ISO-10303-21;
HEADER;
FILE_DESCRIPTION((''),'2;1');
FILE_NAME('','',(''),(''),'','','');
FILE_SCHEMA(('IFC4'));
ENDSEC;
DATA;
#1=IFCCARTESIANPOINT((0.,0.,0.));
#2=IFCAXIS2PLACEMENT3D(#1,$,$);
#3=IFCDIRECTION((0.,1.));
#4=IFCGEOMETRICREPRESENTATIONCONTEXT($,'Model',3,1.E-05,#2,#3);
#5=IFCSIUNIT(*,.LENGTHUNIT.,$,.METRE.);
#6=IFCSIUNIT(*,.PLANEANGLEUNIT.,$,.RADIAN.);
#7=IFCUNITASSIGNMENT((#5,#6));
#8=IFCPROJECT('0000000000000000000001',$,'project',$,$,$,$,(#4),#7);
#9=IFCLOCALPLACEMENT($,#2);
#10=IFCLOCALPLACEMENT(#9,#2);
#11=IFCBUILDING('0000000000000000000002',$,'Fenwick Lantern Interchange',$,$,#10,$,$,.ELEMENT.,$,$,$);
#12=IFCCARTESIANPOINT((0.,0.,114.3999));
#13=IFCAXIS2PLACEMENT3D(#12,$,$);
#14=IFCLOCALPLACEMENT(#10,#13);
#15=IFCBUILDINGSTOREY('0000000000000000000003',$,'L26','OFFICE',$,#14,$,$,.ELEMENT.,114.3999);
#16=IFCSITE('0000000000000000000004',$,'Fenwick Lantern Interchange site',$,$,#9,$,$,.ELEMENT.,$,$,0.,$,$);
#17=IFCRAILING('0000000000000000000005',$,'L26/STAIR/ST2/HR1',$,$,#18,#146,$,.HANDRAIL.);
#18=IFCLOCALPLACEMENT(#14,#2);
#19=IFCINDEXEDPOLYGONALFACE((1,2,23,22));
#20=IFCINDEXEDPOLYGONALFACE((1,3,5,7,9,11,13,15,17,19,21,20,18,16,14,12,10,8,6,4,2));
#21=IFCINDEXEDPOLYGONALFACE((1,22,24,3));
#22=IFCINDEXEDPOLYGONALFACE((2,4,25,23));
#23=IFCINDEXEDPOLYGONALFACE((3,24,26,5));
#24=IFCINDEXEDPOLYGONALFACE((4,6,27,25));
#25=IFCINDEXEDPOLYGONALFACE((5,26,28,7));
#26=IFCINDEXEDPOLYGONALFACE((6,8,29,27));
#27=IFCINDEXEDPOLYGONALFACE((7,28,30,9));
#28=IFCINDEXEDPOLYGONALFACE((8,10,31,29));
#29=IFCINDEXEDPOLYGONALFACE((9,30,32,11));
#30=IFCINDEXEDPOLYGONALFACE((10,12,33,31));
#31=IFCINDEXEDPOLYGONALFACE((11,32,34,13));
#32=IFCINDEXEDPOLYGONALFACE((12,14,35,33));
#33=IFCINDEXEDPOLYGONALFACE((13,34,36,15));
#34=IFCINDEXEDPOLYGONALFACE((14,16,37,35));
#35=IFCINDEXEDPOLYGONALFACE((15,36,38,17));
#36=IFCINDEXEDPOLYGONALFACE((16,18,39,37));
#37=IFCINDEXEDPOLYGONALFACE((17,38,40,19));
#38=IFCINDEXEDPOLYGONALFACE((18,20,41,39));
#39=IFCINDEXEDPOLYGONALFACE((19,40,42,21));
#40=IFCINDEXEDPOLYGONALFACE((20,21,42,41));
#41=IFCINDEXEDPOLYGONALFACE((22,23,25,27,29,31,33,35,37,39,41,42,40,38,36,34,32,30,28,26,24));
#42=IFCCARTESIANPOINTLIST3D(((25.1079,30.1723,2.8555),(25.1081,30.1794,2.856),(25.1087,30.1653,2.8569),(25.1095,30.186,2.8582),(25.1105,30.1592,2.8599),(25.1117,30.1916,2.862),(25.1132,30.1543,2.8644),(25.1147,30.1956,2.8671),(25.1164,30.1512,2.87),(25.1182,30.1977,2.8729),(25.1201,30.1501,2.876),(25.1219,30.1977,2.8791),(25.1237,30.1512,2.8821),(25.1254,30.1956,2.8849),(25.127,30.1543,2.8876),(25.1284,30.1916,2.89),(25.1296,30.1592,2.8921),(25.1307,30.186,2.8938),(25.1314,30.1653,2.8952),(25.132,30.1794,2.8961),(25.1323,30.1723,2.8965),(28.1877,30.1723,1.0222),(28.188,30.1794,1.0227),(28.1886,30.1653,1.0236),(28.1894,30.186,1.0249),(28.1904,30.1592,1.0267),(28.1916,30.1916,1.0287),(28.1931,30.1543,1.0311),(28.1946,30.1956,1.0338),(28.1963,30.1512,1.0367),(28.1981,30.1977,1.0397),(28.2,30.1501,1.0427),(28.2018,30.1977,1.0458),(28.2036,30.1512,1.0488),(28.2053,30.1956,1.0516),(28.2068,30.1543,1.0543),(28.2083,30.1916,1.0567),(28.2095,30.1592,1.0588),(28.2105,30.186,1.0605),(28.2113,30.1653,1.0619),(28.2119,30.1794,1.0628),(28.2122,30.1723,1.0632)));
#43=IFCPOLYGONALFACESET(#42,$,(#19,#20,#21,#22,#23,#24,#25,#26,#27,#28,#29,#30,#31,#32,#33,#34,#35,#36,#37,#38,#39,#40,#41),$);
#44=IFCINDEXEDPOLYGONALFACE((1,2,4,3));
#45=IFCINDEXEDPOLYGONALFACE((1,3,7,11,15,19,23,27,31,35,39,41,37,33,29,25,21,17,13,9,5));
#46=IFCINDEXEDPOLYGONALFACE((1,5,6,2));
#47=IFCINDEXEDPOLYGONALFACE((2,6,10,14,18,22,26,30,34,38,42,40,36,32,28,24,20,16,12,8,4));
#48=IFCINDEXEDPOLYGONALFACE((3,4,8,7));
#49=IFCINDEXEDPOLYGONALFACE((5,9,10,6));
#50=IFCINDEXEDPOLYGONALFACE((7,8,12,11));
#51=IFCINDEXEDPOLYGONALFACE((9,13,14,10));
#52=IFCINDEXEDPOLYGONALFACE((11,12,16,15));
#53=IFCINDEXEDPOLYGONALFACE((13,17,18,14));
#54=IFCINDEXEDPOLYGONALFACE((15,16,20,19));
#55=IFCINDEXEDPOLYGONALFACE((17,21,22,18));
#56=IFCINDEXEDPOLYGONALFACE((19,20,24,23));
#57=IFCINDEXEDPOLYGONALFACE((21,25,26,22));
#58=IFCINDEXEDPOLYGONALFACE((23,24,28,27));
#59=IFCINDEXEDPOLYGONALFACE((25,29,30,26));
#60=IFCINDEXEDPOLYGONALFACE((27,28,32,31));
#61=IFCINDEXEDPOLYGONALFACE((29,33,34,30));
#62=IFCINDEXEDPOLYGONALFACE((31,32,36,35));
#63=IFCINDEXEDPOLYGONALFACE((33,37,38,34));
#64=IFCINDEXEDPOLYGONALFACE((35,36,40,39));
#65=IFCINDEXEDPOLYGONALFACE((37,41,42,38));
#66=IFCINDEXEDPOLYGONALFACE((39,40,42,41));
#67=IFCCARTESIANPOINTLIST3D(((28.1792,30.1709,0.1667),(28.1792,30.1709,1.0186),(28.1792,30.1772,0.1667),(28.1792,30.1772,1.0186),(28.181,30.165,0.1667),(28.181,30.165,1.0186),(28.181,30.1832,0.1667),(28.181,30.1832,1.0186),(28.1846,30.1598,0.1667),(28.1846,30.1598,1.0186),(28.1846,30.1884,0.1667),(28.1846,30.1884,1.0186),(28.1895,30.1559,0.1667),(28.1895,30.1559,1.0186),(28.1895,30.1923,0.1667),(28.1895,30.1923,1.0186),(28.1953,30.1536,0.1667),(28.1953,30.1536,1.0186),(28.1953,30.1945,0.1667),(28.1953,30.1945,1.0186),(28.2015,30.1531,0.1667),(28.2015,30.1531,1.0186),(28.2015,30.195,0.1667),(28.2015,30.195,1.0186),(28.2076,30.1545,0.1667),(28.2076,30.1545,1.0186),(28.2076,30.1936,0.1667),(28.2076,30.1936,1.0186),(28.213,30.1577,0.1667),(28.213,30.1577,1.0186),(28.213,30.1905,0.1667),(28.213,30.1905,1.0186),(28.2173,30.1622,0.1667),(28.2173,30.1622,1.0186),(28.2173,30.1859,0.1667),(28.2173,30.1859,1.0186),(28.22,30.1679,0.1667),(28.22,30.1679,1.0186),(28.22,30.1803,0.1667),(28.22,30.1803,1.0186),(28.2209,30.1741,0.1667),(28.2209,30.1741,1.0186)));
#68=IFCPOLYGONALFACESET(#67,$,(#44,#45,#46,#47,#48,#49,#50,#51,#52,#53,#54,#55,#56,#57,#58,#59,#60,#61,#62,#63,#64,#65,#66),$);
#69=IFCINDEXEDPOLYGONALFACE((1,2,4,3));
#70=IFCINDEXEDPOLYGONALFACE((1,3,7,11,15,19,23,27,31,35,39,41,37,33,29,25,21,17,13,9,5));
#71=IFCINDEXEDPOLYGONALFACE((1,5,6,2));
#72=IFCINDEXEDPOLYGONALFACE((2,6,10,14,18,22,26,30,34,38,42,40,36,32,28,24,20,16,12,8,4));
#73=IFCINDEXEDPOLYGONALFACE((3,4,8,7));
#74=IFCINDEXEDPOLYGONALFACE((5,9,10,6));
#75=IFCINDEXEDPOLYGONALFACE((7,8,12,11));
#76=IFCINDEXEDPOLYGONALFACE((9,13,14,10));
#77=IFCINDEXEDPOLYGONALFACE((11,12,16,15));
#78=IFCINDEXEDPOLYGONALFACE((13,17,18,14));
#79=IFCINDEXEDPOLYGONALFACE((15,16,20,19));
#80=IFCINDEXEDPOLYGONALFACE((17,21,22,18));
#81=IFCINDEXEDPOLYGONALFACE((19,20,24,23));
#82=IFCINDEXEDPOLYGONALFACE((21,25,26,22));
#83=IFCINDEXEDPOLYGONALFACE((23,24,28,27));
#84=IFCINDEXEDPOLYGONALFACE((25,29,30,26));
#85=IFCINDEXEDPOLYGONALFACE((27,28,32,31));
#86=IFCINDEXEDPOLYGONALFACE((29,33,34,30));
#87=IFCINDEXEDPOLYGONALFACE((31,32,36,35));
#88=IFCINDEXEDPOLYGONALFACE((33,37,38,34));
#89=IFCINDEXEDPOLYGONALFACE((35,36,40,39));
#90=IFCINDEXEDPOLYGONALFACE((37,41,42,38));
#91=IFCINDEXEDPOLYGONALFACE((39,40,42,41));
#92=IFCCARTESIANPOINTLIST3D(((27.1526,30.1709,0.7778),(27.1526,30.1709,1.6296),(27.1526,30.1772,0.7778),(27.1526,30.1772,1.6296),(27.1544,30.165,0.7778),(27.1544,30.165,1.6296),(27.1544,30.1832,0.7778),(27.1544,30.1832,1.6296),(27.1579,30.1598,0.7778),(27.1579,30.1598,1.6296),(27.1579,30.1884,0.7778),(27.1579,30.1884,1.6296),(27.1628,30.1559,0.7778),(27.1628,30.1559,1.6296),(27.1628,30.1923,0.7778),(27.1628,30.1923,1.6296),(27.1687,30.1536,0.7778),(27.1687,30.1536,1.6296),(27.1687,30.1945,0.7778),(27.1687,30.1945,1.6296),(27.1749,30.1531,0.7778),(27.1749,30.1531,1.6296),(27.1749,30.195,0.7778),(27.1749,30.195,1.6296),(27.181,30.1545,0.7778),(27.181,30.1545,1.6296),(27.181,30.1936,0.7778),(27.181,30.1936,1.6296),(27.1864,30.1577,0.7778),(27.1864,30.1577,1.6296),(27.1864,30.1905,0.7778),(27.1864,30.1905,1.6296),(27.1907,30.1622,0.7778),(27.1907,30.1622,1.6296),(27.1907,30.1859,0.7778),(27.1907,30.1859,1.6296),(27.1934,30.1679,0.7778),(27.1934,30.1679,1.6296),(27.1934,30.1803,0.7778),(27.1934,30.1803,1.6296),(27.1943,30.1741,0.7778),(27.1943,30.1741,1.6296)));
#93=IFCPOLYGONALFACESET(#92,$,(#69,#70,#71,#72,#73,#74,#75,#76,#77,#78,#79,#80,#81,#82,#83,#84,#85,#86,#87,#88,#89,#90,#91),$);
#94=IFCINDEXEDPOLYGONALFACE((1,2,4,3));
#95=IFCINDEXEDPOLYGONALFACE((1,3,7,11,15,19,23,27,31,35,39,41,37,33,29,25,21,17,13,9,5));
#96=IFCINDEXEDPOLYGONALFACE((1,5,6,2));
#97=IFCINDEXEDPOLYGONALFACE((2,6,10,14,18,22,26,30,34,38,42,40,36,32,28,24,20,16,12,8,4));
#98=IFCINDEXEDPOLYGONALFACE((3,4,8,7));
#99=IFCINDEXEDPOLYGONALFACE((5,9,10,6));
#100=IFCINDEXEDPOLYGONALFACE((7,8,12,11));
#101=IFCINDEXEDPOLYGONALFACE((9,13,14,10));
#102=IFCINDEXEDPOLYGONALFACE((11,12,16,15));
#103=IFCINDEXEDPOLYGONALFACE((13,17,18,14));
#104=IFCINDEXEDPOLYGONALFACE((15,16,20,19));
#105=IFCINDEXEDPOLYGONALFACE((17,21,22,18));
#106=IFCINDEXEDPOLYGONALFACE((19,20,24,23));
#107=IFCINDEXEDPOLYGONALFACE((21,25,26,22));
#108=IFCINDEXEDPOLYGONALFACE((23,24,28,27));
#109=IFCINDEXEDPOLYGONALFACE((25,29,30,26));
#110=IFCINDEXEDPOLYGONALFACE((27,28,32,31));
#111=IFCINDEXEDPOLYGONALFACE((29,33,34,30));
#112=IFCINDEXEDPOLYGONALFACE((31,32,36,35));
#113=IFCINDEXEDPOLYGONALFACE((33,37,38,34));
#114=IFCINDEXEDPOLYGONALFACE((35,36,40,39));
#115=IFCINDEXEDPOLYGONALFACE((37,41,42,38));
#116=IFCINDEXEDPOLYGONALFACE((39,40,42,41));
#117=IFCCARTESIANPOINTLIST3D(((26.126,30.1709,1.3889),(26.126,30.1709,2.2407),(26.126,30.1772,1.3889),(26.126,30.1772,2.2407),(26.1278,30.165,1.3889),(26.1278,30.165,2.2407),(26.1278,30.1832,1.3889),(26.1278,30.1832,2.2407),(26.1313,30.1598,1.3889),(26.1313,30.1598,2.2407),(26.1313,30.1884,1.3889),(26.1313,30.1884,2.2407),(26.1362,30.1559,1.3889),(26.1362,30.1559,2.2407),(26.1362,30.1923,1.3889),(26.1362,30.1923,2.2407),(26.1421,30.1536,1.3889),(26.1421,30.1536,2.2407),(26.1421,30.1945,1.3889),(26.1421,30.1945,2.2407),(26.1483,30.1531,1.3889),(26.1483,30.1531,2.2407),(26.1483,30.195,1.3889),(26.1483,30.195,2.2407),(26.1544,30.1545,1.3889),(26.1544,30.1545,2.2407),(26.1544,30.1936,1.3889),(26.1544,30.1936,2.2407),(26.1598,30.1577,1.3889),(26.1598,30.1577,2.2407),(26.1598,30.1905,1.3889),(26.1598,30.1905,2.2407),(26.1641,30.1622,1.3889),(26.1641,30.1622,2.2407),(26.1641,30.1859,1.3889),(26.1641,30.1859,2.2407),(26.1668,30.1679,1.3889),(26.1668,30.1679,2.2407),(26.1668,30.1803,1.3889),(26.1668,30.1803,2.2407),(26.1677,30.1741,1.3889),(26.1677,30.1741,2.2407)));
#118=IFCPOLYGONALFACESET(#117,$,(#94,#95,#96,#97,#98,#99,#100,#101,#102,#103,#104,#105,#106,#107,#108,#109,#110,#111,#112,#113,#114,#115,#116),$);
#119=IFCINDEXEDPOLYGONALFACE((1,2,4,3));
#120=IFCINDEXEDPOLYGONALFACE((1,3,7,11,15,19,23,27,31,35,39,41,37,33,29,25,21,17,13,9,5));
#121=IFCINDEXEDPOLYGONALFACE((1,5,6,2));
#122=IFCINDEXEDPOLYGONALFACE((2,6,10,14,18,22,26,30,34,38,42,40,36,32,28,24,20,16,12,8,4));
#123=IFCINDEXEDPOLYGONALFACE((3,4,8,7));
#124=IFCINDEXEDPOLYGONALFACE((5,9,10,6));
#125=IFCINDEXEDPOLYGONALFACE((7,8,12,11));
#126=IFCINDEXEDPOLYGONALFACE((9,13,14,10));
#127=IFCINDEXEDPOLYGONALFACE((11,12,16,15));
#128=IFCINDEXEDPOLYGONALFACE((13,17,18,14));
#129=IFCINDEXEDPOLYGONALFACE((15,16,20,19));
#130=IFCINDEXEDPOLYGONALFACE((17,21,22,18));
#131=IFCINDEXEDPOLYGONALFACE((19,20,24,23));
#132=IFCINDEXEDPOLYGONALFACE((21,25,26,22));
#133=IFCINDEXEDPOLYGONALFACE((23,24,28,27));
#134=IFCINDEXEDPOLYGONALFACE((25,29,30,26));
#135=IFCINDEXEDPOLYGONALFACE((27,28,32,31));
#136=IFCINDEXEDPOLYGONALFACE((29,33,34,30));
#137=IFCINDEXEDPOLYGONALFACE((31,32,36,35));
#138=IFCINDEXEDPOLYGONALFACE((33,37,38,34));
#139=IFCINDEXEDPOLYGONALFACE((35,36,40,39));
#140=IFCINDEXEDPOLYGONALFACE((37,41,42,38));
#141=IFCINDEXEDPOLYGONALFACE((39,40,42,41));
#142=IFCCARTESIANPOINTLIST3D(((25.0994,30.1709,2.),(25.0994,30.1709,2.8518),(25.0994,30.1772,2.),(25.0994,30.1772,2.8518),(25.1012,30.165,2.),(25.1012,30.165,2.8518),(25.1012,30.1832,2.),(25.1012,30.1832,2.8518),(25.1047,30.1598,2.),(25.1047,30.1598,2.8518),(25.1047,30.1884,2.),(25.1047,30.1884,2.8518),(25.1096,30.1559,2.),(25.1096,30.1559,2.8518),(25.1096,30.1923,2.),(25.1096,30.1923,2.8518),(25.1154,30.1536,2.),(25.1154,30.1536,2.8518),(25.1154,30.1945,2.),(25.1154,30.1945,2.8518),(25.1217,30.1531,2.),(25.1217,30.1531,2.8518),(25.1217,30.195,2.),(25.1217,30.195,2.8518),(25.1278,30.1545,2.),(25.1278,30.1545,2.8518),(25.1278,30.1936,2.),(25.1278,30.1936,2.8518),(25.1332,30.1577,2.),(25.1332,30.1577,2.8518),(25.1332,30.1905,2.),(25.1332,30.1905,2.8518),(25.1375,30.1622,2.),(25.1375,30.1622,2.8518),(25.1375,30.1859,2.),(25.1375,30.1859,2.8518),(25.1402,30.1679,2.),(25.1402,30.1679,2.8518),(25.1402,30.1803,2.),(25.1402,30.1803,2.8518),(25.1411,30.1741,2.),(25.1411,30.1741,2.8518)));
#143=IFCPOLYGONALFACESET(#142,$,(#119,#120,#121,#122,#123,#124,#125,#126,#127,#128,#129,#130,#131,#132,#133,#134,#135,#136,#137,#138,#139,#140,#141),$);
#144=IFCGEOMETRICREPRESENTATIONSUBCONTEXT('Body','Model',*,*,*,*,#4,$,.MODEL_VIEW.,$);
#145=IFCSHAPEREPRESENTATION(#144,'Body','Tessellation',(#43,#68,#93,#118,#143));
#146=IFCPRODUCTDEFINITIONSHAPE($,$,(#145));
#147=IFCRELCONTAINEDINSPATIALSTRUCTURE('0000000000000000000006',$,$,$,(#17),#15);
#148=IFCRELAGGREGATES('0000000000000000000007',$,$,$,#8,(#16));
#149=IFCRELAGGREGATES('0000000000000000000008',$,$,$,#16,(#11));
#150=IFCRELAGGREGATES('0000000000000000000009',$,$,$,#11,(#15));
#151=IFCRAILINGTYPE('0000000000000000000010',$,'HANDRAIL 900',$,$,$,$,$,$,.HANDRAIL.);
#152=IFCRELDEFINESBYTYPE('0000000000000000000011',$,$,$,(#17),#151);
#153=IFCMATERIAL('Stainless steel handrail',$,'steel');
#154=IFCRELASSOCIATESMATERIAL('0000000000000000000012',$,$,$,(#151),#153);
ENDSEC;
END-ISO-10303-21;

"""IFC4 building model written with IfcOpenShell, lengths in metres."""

from ifc_helpers import new_model, si_unit, direction, frame, origin, origin_2d, place, context, subcontext, project, spatial, circle, extrude, material, type_object, element, save


model = new_model("IFC4")

# Units and contexts
model_context = context("Model", 3, precision=1e-05, world=origin(), true_north=direction((0.0, 1.0)))
body_context = subcontext(model_context, "Body", "Model", "MODEL_VIEW")
ifc_project = project(units=[si_unit("LENGTHUNIT", "METRE"), si_unit("PLANEANGLEUNIT", "RADIAN")], contexts=[model_context])

# Site, building, storey
site_placement = place(None, origin())
site = spatial("IfcSite", under=ifc_project, at=site_placement, Name="Fenwick Lantern Interchange site", CompositionType="ELEMENT", RefElevation=0.0)
building_placement = place(site_placement, origin())
building = spatial("IfcBuilding", under=site, at=building_placement, Name="Fenwick Lantern Interchange", CompositionType="ELEMENT")
storey_placement = place(building_placement, frame((0.0, 0.0, 114.3999)))
storey = spatial("IfcBuildingStorey", under=building, at=storey_placement, Name="L26", Description="OFFICE", CompositionType="ELEMENT", Elevation=114.3999)

# Railing
ifc_material_1 = material(Name="Stainless steel handrail", Category="steel")
railing_type = type_object("IfcRailingType", Name="HANDRAIL 900", PredefinedType="HANDRAIL", material=ifc_material_1)
railing_1_placement = place(storey_placement, frame((28.2, 30.1741, 0.1667)))
element("IfcRailing", 1, at=railing_1_placement, inside=storey, type_object=railing_type, Name="L26/STAIR/ST2/HR1", PredefinedType="HANDRAIL", context=body_context, shape_type="SweptSolid", body=[
    extrude(circle(Radius=0.0239, at=origin_2d()), frame((0.0, 0.0, 0.876), z_axis=(-0.859291, 0.0, 0.511487), x_axis=(0.0, -1.0, 0.0)), (0.0, 0.0, 1.0), 3.5842),
    extrude(circle(Radius=0.021, at=origin_2d()), origin(), (0.0, 0.0, 1.0), 0.8518),
    extrude(circle(Radius=0.021, at=origin_2d()), frame((-1.0266, 0.0, 0.6111)), (0.0, 0.0, 1.0), 0.8518),
    extrude(circle(Radius=0.021, at=origin_2d()), frame((-2.0532, 0.0, 1.2222)), (0.0, 0.0, 1.0), 0.8518),
    extrude(circle(Radius=0.021, at=origin_2d()), frame((-3.0798, 0.0, 1.8333)), (0.0, 0.0, 1.0), 0.8518),
])

save(model, "model.ifc")
